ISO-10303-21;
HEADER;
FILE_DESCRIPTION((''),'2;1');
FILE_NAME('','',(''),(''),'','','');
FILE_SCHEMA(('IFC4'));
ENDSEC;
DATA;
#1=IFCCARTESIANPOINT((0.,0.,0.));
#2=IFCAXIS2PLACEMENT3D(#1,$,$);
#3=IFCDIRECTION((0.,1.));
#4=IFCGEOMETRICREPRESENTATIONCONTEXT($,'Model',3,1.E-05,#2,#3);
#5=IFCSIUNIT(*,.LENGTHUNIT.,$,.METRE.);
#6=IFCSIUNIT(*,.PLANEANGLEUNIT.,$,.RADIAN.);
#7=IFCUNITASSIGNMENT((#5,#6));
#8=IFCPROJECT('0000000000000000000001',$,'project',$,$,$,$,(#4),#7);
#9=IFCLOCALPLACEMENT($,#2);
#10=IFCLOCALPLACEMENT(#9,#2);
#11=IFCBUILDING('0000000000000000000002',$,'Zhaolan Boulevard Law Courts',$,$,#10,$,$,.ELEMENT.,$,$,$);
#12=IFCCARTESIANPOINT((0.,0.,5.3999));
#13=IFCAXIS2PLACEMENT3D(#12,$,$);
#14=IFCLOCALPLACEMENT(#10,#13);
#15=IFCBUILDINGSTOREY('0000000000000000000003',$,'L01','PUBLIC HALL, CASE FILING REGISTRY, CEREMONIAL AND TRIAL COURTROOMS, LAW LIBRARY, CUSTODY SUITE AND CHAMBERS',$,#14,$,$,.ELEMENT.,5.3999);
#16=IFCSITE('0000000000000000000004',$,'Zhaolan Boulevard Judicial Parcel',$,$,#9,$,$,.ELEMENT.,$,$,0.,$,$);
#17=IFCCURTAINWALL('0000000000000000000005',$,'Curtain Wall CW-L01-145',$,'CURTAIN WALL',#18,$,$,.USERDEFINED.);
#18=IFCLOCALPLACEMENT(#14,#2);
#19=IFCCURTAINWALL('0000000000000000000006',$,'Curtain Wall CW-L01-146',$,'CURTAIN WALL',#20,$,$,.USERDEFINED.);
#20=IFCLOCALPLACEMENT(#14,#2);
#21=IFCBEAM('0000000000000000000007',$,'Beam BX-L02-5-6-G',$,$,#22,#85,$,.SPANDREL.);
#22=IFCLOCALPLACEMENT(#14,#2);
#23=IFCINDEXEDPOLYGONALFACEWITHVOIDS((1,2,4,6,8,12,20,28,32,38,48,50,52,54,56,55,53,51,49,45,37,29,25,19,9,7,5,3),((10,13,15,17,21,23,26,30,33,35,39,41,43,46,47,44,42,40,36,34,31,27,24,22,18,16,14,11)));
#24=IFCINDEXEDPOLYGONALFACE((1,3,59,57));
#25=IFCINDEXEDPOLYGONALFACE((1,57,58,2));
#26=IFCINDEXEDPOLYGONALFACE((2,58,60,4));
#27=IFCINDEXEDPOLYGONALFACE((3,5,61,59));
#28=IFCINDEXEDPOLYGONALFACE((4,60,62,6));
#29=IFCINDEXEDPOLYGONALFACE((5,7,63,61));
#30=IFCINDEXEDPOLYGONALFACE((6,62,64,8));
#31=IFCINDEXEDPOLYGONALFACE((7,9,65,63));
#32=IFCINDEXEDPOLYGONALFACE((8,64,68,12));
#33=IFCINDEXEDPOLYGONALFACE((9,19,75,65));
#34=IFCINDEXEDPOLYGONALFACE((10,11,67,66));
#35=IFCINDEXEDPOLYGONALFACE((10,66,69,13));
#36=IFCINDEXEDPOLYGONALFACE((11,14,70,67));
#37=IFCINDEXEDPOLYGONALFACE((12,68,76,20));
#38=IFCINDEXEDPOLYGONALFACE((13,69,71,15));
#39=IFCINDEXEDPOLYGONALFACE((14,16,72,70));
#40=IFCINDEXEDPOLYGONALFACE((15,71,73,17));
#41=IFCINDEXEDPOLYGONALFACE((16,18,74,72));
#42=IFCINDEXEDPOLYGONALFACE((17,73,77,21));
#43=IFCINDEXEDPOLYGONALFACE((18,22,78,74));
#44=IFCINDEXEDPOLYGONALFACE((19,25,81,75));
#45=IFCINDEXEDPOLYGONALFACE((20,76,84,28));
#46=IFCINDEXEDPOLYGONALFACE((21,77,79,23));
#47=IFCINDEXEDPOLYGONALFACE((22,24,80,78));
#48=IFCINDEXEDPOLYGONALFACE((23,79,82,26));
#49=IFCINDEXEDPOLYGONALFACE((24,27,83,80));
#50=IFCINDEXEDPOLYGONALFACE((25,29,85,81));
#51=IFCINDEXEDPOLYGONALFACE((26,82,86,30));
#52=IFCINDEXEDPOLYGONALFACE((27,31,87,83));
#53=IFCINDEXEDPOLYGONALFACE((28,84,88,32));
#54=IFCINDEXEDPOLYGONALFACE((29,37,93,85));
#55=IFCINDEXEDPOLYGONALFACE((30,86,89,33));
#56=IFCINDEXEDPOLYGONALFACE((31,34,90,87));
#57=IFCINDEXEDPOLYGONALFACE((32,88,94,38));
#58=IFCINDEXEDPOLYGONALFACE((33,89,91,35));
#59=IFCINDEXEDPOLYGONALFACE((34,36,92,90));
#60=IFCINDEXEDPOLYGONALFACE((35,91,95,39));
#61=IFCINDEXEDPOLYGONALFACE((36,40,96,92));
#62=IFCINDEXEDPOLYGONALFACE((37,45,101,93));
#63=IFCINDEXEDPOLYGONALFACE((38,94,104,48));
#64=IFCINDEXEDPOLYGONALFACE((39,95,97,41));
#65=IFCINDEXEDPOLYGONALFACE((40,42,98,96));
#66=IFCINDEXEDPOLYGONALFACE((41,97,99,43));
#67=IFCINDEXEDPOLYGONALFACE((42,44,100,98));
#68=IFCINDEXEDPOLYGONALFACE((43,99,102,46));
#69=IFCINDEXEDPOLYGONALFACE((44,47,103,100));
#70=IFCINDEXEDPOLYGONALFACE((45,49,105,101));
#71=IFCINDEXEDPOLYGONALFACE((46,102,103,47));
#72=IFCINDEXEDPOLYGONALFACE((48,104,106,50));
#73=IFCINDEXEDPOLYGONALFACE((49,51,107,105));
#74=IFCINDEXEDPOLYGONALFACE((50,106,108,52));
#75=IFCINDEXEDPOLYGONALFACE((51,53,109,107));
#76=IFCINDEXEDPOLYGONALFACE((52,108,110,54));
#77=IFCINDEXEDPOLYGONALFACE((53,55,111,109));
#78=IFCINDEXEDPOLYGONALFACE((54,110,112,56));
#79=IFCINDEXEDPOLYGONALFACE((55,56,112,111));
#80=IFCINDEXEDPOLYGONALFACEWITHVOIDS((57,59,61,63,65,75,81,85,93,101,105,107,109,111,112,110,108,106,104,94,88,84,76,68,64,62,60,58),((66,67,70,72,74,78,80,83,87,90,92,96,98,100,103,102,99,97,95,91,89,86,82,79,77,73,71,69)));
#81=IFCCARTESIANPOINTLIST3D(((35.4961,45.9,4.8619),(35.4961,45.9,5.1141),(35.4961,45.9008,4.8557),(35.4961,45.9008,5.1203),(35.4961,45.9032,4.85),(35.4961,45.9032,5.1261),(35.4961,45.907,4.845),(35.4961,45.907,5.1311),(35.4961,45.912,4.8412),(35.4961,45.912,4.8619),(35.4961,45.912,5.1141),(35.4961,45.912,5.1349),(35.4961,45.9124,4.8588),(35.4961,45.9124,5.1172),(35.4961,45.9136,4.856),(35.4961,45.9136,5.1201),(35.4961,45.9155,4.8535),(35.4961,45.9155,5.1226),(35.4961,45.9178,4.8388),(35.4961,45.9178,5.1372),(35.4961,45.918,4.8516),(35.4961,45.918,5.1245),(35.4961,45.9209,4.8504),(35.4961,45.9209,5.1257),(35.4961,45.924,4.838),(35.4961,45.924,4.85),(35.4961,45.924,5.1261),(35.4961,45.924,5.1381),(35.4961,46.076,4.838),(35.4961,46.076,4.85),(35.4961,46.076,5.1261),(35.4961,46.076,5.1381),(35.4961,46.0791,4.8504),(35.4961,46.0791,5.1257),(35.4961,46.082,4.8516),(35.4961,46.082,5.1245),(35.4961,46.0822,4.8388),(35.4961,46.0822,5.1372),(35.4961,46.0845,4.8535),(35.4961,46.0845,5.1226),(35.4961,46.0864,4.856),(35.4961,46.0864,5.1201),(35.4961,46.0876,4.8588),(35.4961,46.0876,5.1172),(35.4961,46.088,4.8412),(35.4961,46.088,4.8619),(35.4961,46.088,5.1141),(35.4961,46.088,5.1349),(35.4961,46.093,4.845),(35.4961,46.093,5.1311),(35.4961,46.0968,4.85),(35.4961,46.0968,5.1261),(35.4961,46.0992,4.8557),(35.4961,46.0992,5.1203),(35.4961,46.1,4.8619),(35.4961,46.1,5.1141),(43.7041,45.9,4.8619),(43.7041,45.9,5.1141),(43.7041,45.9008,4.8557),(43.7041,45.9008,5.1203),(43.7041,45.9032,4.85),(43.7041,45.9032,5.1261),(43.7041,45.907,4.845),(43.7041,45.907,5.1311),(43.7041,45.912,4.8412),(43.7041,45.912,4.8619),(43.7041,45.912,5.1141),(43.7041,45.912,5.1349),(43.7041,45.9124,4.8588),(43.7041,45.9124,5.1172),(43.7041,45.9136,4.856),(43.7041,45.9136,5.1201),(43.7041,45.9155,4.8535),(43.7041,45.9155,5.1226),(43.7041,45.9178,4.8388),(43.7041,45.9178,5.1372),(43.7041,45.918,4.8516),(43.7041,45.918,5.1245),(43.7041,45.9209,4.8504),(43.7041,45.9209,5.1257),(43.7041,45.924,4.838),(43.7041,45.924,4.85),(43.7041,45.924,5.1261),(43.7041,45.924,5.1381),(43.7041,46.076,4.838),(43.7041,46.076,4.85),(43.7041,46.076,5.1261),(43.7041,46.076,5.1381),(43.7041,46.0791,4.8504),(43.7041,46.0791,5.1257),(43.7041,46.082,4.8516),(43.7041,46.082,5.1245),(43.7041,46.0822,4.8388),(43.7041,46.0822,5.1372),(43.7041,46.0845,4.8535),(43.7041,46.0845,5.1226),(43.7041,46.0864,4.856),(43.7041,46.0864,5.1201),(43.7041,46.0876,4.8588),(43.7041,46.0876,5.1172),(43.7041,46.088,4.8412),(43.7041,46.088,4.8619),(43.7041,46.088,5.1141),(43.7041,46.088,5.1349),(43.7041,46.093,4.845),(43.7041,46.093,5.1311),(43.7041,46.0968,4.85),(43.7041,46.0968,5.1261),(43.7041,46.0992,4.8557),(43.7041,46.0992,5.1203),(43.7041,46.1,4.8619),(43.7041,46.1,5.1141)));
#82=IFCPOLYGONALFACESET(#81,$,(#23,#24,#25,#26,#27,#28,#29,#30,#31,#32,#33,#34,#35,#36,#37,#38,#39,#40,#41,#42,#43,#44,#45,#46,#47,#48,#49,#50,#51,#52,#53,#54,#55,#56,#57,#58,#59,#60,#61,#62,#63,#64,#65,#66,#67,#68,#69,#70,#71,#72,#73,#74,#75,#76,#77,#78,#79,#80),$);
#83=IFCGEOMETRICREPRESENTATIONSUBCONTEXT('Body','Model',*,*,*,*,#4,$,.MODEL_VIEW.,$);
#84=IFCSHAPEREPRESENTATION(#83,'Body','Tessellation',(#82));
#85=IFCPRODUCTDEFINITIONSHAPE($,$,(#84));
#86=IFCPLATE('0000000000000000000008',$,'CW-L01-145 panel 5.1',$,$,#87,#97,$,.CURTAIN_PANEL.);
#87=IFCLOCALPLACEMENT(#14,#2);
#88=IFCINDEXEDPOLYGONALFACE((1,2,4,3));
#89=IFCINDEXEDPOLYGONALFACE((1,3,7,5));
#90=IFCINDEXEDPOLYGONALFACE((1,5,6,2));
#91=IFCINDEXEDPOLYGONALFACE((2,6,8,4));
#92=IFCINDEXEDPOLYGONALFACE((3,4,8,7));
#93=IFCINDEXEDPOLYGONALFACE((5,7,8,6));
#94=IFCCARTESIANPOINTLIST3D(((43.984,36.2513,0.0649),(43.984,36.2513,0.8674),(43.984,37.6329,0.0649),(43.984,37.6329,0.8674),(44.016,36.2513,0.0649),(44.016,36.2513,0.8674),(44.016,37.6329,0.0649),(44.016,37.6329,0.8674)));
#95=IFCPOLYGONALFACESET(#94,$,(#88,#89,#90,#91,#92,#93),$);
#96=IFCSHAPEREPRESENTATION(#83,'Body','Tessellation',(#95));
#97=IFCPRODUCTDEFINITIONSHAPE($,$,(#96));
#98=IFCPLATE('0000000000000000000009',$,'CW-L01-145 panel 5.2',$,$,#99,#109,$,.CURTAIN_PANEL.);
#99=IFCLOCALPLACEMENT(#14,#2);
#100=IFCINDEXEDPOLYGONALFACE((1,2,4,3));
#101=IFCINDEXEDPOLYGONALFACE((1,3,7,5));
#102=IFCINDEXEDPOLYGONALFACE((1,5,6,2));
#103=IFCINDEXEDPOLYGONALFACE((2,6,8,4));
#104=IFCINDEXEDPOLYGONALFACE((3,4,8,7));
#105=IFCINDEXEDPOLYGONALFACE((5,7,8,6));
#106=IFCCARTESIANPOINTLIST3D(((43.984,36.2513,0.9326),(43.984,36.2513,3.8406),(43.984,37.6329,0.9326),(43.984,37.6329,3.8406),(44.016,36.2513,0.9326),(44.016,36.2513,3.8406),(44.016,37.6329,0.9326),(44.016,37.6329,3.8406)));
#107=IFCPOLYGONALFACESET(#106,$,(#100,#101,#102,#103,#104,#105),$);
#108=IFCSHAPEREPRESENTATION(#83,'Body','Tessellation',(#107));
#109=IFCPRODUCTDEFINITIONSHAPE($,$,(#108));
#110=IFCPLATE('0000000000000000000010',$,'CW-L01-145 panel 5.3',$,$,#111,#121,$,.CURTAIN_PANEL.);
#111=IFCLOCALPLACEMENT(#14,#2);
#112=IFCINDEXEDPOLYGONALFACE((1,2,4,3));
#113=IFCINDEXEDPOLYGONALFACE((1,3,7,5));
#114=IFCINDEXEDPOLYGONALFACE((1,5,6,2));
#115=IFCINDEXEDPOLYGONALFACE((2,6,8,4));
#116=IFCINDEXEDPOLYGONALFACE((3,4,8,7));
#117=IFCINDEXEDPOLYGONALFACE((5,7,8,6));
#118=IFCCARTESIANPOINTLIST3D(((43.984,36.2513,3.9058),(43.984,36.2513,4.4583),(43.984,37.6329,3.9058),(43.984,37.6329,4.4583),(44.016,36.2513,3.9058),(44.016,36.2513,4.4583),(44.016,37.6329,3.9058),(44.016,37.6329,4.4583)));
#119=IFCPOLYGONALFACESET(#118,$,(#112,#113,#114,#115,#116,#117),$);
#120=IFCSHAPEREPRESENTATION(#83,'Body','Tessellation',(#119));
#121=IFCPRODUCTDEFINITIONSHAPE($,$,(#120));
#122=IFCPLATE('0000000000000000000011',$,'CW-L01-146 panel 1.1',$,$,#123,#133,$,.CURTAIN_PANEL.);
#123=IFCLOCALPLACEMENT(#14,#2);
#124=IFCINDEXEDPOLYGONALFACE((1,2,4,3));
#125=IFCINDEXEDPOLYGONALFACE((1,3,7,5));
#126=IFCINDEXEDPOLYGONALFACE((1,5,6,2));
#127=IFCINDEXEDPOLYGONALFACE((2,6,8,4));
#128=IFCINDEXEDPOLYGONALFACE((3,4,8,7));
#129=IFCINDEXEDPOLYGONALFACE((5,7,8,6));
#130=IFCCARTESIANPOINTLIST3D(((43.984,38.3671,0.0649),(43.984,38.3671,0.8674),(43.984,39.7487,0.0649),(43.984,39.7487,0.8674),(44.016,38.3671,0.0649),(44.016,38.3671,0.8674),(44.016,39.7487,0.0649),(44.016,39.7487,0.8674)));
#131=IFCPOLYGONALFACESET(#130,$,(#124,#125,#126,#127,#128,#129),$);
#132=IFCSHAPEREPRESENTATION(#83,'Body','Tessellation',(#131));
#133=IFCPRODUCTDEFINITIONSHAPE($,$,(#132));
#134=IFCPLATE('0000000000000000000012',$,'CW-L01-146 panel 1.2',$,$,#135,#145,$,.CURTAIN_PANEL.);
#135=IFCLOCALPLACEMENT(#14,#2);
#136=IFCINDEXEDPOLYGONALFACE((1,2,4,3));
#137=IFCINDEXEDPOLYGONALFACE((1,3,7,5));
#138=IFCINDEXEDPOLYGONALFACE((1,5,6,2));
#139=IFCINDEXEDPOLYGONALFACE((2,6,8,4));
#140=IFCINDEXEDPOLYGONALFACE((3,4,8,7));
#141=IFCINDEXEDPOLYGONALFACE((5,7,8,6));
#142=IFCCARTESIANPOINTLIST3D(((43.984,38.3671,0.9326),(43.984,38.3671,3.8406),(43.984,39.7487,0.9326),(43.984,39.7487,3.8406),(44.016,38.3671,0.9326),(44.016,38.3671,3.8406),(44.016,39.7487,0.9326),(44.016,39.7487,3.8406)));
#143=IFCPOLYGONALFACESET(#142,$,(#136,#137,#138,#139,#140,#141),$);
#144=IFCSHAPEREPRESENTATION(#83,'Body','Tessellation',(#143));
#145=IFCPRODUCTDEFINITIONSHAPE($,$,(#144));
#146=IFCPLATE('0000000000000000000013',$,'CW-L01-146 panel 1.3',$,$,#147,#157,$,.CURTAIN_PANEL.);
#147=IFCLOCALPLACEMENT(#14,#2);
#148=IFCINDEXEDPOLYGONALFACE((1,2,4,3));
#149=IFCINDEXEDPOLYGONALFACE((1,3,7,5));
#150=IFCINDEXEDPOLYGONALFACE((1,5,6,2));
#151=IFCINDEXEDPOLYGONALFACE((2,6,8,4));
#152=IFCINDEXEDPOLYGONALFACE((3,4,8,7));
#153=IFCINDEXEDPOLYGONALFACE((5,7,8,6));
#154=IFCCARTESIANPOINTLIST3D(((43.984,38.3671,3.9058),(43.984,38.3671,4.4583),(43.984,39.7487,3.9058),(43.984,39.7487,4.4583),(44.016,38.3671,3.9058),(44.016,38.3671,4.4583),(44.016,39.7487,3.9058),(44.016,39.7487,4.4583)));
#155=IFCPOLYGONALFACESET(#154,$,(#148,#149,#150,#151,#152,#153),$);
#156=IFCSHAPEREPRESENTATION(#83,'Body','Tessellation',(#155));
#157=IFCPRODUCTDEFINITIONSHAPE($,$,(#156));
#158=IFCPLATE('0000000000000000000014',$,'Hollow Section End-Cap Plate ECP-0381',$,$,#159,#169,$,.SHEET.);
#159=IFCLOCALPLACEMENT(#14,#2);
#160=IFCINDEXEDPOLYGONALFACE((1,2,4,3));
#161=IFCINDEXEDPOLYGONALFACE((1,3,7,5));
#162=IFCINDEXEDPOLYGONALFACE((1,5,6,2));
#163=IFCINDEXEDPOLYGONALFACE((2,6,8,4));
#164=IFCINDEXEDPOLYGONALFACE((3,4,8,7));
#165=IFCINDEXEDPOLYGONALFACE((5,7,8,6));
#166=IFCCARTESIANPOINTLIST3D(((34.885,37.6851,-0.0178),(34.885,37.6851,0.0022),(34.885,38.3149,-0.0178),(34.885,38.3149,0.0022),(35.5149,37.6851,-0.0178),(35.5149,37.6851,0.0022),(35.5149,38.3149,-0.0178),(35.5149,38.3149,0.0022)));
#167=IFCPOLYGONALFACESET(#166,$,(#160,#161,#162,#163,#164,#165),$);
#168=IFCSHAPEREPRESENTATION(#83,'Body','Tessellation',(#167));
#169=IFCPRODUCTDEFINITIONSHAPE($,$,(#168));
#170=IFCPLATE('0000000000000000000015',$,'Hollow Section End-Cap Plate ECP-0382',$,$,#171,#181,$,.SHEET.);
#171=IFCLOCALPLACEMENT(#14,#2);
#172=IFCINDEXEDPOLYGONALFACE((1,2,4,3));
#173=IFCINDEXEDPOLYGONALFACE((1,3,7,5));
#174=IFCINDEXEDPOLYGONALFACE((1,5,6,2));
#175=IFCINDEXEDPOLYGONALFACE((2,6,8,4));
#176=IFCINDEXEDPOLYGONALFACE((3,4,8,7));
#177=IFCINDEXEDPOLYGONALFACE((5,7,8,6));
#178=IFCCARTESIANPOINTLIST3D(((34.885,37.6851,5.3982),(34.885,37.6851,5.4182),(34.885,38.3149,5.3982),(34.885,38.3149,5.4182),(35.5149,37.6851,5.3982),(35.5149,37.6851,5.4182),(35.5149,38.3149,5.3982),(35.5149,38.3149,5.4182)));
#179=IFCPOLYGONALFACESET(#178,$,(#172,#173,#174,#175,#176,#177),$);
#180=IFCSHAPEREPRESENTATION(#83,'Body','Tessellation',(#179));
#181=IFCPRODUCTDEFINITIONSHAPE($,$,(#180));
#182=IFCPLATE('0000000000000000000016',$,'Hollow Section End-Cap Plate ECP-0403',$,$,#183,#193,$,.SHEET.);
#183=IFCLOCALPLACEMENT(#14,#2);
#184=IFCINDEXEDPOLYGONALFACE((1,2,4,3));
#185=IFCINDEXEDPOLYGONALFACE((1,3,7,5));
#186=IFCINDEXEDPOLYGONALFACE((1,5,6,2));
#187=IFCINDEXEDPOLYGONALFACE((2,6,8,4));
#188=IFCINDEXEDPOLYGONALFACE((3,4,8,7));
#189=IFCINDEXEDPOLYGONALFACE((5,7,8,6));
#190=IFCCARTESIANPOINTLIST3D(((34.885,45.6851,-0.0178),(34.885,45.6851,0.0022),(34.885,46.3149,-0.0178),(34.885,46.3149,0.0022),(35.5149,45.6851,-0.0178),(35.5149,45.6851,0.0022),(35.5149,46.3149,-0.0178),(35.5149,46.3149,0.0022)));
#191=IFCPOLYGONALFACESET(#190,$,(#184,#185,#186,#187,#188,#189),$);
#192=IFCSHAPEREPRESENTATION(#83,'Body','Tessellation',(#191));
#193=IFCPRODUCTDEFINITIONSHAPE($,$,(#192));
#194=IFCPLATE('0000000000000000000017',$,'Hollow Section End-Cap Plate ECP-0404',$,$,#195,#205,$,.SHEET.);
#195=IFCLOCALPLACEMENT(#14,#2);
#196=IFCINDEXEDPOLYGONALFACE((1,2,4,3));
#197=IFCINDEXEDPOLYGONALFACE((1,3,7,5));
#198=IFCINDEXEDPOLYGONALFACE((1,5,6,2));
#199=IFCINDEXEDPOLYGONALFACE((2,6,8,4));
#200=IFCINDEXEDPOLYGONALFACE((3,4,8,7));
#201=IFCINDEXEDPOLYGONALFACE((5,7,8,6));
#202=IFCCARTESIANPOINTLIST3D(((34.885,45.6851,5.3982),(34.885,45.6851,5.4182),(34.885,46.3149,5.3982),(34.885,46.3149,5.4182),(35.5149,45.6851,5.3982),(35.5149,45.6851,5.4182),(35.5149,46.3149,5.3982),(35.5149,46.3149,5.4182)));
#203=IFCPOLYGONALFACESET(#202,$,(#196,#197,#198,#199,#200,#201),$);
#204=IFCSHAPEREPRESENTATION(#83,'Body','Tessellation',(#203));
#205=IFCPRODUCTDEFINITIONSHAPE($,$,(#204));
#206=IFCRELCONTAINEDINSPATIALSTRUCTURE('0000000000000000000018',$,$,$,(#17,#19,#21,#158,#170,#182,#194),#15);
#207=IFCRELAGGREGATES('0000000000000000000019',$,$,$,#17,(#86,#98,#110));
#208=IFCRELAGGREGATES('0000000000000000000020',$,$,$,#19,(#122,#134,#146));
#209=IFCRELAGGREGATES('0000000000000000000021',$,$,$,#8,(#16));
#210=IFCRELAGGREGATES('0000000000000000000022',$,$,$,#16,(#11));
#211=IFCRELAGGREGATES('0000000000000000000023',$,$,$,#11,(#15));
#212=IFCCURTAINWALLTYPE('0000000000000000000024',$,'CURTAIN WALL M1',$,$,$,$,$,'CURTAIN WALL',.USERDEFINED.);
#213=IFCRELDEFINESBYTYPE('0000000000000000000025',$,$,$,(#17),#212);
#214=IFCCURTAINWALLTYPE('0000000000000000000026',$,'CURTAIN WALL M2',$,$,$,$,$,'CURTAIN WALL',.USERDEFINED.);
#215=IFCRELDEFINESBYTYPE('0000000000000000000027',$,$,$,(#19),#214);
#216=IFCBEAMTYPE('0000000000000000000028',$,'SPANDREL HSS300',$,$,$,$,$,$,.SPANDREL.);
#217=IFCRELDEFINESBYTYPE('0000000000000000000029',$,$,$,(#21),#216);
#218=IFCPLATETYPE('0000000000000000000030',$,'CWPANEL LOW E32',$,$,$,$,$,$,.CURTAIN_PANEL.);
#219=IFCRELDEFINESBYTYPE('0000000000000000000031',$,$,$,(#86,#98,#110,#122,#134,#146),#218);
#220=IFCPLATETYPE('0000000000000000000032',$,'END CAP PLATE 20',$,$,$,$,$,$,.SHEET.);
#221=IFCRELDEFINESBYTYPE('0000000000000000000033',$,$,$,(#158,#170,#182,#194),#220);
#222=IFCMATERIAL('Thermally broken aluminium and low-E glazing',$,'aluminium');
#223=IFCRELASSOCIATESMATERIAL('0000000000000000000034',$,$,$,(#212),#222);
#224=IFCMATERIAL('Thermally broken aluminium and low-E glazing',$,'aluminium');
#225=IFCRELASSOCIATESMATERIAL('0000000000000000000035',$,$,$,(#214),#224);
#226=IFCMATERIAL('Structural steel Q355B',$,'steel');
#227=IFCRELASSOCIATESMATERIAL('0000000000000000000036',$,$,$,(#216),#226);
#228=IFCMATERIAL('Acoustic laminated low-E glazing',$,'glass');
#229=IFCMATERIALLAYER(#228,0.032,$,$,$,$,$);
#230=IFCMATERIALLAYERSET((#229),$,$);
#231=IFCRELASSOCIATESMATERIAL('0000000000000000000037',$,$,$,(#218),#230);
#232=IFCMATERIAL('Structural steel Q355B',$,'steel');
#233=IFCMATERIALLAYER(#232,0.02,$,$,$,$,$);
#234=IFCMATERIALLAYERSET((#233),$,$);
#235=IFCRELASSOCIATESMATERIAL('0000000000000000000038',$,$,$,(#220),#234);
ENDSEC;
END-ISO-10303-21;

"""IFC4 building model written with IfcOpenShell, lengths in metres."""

from ifc_helpers import new_model, si_unit, direction, frame, origin, origin_2d, place, context, subcontext, project, spatial, rectangle, hollow_rectangle, extrude, material, layer, layer_set, material_profile, profile_set, type_object, element, aggregate, save


model = new_model("IFC4")

# Units and contexts
model_context = context("Model", 3, precision=1e-05, world=origin(), true_north=direction((0.0, 1.0)))
body_context = subcontext(model_context, "Body", "Model", "MODEL_VIEW")
ifc_project = project(units=[si_unit("LENGTHUNIT", "METRE"), si_unit("PLANEANGLEUNIT", "RADIAN")], contexts=[model_context])

# Site, building, storey
site_placement = place(None, origin())
site = spatial("IfcSite", under=ifc_project, at=site_placement, Name="Zhaolan Boulevard Judicial Parcel", CompositionType="ELEMENT", RefElevation=0.0)
building_placement = place(site_placement, origin())
building = spatial("IfcBuilding", under=site, at=building_placement, Name="Zhaolan Boulevard Law Courts", CompositionType="ELEMENT")
storey_placement = place(building_placement, frame((0.0, 0.0, 5.3999)))
storey = spatial("IfcBuildingStorey", under=building, at=storey_placement, Name="L01", Description="PUBLIC HALL, CASE FILING REGISTRY, CEREMONIAL AND TRIAL COURTROOMS, LAW LIBRARY, CUSTODY SUITE AND CHAMBERS", CompositionType="ELEMENT", Elevation=5.3999)

# Curtain wall
ifc_material_1 = material(Name="Thermally broken aluminium and low-E glazing", Category="aluminium")
curtain_wall_type_1 = type_object("IfcCurtainWallType", Name="CURTAIN WALL M1", ElementType="CURTAIN WALL", PredefinedType="USERDEFINED", material=ifc_material_1)
curtain_wall_1_placement = place(storey_placement, origin())
curtain_wall_1 = element("IfcCurtainWall", 1, at=curtain_wall_1_placement, inside=storey, type_object=curtain_wall_type_1, Name="Curtain Wall CW-L01-145", ObjectType="CURTAIN WALL", PredefinedType="USERDEFINED")

# Curtain wall
ifc_material_2 = material(Name="Thermally broken aluminium and low-E glazing", Category="aluminium")
curtain_wall_type_2 = type_object("IfcCurtainWallType", Name="CURTAIN WALL M2", ElementType="CURTAIN WALL", PredefinedType="USERDEFINED", material=ifc_material_2)
curtain_wall_2_placement = place(storey_placement, origin())
curtain_wall_2 = element("IfcCurtainWall", 2, at=curtain_wall_2_placement, inside=storey, type_object=curtain_wall_type_2, Name="Curtain Wall CW-L01-146", ObjectType="CURTAIN WALL", PredefinedType="USERDEFINED")

# Beam
ifc_material_3 = material(Name="Structural steel Q355B", Category="steel")
ifc_material_profile_1 = material_profile(ifc_material_3, hollow_rectangle(XDim=0.2, YDim=0.3, WallThickness=0.012, InnerFilletRadius=0.012, OuterFilletRadius=0.0239, at=origin_2d()), Name="HSS300x200x12")
ifc_profile_set_1 = profile_set([ifc_material_profile_1], Name="Structural steel Q355B")
beam_type_1 = type_object("IfcBeamType", Name="SPANDREL HSS300", PredefinedType="SPANDREL", material=ifc_profile_set_1)
beam_1_placement = place(storey_placement, frame((35.4961, 46.0, 4.988), z_axis=(1.0, 0.0, 0.0), x_axis=(0.0, 1.0, 0.0)))
element("IfcBeam", 3, at=beam_1_placement, inside=storey, type_object=beam_type_1, Name="Beam BX-L02-5-6-G", PredefinedType="SPANDREL", context=body_context, shape_type="SweptSolid", body=[
    extrude(hollow_rectangle(XDim=0.2, YDim=0.3, WallThickness=0.012, InnerFilletRadius=0.012, OuterFilletRadius=0.0239, at=origin_2d()), origin(), (0.0, 0.0, 1.0), 8.208),
])

# Plates
ifc_material_4 = material(Name="Acoustic laminated low-E glazing", Category="glass")
ifc_layer_1 = layer(ifc_material_4, 0.032)
ifc_layer_set_1 = layer_set([ifc_layer_1])
plate_type_1 = type_object("IfcPlateType", Name="CWPANEL LOW E32", PredefinedType="CURTAIN_PANEL", material=ifc_layer_set_1)
plate_1_placement = place(storey_placement, frame((44.0, 36.9421, 0.0649), z_axis=(0.0, 0.0, 1.0), x_axis=(0.0, 1.0, 0.0)))
plate_1 = element("IfcPlate", 4, at=plate_1_placement, type_object=plate_type_1, Name="CW-L01-145 panel 5.1", PredefinedType="CURTAIN_PANEL", context=body_context, shape_type="SweptSolid", body=[
    extrude(rectangle(XDim=1.3816, YDim=0.032, at=origin_2d()), origin(), (0.0, 0.0, 1.0), 0.8025),
])
plate_2_placement = place(storey_placement, frame((44.0, 36.9421, 0.9326), z_axis=(0.0, 0.0, 1.0), x_axis=(0.0, 1.0, 0.0)))
plate_2 = element("IfcPlate", 5, at=plate_2_placement, type_object=plate_type_1, Name="CW-L01-145 panel 5.2", PredefinedType="CURTAIN_PANEL", context=body_context, shape_type="SweptSolid", body=[
    extrude(rectangle(XDim=1.3816, YDim=0.032, at=origin_2d()), origin(), (0.0, 0.0, 1.0), 2.908),
])
plate_3_placement = place(storey_placement, frame((44.0, 36.9421, 3.9058), z_axis=(0.0, 0.0, 1.0), x_axis=(0.0, 1.0, 0.0)))
plate_3 = element("IfcPlate", 6, at=plate_3_placement, type_object=plate_type_1, Name="CW-L01-145 panel 5.3", PredefinedType="CURTAIN_PANEL", context=body_context, shape_type="SweptSolid", body=[
    extrude(rectangle(XDim=1.3816, YDim=0.032, at=origin_2d()), origin(), (0.0, 0.0, 1.0), 0.5525),
])
aggregate(curtain_wall_1, [plate_1, plate_2, plate_3])
plate_4_placement = place(storey_placement, frame((44.0, 39.0579, 0.0649), z_axis=(0.0, 0.0, 1.0), x_axis=(0.0, 1.0, 0.0)))
plate_4 = element("IfcPlate", 7, at=plate_4_placement, type_object=plate_type_1, Name="CW-L01-146 panel 1.1", PredefinedType="CURTAIN_PANEL", context=body_context, shape_type="SweptSolid", body=[
    extrude(rectangle(XDim=1.3816, YDim=0.032, at=origin_2d()), origin(), (0.0, 0.0, 1.0), 0.8025),
])
plate_5_placement = place(storey_placement, frame((44.0, 39.0579, 0.9326), z_axis=(0.0, 0.0, 1.0), x_axis=(0.0, 1.0, 0.0)))
plate_5 = element("IfcPlate", 8, at=plate_5_placement, type_object=plate_type_1, Name="CW-L01-146 panel 1.2", PredefinedType="CURTAIN_PANEL", context=body_context, shape_type="SweptSolid", body=[
    extrude(rectangle(XDim=1.3816, YDim=0.032, at=origin_2d()), origin(), (0.0, 0.0, 1.0), 2.908),
])
plate_6_placement = place(storey_placement, frame((44.0, 39.0579, 3.9058), z_axis=(0.0, 0.0, 1.0), x_axis=(0.0, 1.0, 0.0)))
plate_6 = element("IfcPlate", 9, at=plate_6_placement, type_object=plate_type_1, Name="CW-L01-146 panel 1.3", PredefinedType="CURTAIN_PANEL", context=body_context, shape_type="SweptSolid", body=[
    extrude(rectangle(XDim=1.3816, YDim=0.032, at=origin_2d()), origin(), (0.0, 0.0, 1.0), 0.5525),
])
aggregate(curtain_wall_2, [plate_4, plate_5, plate_6])

# Plates
ifc_material_5 = material(Name="Structural steel Q355B", Category="steel")
ifc_layer_2 = layer(ifc_material_5, 0.02)
ifc_layer_set_2 = layer_set([ifc_layer_2])
plate_type_2 = type_object("IfcPlateType", Name="END CAP PLATE 20", PredefinedType="SHEET", material=ifc_layer_set_2)
for number, where, z_axis, x_axis, name in (
    (10, (35.2, 38.0, -0.0178), (0.0, 0.0, 1.0), (1.0, 0.0, 0.0), "Hollow Section End-Cap Plate ECP-0381"),
    (11, (35.2, 38.0, 5.3982), (0.0, 0.0, 1.0), (1.0, 0.0, 0.0), "Hollow Section End-Cap Plate ECP-0382"),
    (12, (35.2, 46.0, -0.0178), (0.0, 0.0, 1.0), (1.0, 0.0, 0.0), "Hollow Section End-Cap Plate ECP-0403"),
    (13, (35.2, 46.0, 5.3982), (0.0, 0.0, 1.0), (1.0, 0.0, 0.0), "Hollow Section End-Cap Plate ECP-0404"),
):
    element("IfcPlate", number, at=place(storey_placement, frame(where, z_axis=z_axis, x_axis=x_axis)), inside=storey, type_object=plate_type_2, Name=name, PredefinedType="SHEET", context=body_context, shape_type="SweptSolid", body=[
        extrude(rectangle(XDim=0.6299, YDim=0.6299, at=origin_2d()), origin(), (0.0, 0.0, 1.0), 0.02),
    ])

save(model, "model.ifc")
